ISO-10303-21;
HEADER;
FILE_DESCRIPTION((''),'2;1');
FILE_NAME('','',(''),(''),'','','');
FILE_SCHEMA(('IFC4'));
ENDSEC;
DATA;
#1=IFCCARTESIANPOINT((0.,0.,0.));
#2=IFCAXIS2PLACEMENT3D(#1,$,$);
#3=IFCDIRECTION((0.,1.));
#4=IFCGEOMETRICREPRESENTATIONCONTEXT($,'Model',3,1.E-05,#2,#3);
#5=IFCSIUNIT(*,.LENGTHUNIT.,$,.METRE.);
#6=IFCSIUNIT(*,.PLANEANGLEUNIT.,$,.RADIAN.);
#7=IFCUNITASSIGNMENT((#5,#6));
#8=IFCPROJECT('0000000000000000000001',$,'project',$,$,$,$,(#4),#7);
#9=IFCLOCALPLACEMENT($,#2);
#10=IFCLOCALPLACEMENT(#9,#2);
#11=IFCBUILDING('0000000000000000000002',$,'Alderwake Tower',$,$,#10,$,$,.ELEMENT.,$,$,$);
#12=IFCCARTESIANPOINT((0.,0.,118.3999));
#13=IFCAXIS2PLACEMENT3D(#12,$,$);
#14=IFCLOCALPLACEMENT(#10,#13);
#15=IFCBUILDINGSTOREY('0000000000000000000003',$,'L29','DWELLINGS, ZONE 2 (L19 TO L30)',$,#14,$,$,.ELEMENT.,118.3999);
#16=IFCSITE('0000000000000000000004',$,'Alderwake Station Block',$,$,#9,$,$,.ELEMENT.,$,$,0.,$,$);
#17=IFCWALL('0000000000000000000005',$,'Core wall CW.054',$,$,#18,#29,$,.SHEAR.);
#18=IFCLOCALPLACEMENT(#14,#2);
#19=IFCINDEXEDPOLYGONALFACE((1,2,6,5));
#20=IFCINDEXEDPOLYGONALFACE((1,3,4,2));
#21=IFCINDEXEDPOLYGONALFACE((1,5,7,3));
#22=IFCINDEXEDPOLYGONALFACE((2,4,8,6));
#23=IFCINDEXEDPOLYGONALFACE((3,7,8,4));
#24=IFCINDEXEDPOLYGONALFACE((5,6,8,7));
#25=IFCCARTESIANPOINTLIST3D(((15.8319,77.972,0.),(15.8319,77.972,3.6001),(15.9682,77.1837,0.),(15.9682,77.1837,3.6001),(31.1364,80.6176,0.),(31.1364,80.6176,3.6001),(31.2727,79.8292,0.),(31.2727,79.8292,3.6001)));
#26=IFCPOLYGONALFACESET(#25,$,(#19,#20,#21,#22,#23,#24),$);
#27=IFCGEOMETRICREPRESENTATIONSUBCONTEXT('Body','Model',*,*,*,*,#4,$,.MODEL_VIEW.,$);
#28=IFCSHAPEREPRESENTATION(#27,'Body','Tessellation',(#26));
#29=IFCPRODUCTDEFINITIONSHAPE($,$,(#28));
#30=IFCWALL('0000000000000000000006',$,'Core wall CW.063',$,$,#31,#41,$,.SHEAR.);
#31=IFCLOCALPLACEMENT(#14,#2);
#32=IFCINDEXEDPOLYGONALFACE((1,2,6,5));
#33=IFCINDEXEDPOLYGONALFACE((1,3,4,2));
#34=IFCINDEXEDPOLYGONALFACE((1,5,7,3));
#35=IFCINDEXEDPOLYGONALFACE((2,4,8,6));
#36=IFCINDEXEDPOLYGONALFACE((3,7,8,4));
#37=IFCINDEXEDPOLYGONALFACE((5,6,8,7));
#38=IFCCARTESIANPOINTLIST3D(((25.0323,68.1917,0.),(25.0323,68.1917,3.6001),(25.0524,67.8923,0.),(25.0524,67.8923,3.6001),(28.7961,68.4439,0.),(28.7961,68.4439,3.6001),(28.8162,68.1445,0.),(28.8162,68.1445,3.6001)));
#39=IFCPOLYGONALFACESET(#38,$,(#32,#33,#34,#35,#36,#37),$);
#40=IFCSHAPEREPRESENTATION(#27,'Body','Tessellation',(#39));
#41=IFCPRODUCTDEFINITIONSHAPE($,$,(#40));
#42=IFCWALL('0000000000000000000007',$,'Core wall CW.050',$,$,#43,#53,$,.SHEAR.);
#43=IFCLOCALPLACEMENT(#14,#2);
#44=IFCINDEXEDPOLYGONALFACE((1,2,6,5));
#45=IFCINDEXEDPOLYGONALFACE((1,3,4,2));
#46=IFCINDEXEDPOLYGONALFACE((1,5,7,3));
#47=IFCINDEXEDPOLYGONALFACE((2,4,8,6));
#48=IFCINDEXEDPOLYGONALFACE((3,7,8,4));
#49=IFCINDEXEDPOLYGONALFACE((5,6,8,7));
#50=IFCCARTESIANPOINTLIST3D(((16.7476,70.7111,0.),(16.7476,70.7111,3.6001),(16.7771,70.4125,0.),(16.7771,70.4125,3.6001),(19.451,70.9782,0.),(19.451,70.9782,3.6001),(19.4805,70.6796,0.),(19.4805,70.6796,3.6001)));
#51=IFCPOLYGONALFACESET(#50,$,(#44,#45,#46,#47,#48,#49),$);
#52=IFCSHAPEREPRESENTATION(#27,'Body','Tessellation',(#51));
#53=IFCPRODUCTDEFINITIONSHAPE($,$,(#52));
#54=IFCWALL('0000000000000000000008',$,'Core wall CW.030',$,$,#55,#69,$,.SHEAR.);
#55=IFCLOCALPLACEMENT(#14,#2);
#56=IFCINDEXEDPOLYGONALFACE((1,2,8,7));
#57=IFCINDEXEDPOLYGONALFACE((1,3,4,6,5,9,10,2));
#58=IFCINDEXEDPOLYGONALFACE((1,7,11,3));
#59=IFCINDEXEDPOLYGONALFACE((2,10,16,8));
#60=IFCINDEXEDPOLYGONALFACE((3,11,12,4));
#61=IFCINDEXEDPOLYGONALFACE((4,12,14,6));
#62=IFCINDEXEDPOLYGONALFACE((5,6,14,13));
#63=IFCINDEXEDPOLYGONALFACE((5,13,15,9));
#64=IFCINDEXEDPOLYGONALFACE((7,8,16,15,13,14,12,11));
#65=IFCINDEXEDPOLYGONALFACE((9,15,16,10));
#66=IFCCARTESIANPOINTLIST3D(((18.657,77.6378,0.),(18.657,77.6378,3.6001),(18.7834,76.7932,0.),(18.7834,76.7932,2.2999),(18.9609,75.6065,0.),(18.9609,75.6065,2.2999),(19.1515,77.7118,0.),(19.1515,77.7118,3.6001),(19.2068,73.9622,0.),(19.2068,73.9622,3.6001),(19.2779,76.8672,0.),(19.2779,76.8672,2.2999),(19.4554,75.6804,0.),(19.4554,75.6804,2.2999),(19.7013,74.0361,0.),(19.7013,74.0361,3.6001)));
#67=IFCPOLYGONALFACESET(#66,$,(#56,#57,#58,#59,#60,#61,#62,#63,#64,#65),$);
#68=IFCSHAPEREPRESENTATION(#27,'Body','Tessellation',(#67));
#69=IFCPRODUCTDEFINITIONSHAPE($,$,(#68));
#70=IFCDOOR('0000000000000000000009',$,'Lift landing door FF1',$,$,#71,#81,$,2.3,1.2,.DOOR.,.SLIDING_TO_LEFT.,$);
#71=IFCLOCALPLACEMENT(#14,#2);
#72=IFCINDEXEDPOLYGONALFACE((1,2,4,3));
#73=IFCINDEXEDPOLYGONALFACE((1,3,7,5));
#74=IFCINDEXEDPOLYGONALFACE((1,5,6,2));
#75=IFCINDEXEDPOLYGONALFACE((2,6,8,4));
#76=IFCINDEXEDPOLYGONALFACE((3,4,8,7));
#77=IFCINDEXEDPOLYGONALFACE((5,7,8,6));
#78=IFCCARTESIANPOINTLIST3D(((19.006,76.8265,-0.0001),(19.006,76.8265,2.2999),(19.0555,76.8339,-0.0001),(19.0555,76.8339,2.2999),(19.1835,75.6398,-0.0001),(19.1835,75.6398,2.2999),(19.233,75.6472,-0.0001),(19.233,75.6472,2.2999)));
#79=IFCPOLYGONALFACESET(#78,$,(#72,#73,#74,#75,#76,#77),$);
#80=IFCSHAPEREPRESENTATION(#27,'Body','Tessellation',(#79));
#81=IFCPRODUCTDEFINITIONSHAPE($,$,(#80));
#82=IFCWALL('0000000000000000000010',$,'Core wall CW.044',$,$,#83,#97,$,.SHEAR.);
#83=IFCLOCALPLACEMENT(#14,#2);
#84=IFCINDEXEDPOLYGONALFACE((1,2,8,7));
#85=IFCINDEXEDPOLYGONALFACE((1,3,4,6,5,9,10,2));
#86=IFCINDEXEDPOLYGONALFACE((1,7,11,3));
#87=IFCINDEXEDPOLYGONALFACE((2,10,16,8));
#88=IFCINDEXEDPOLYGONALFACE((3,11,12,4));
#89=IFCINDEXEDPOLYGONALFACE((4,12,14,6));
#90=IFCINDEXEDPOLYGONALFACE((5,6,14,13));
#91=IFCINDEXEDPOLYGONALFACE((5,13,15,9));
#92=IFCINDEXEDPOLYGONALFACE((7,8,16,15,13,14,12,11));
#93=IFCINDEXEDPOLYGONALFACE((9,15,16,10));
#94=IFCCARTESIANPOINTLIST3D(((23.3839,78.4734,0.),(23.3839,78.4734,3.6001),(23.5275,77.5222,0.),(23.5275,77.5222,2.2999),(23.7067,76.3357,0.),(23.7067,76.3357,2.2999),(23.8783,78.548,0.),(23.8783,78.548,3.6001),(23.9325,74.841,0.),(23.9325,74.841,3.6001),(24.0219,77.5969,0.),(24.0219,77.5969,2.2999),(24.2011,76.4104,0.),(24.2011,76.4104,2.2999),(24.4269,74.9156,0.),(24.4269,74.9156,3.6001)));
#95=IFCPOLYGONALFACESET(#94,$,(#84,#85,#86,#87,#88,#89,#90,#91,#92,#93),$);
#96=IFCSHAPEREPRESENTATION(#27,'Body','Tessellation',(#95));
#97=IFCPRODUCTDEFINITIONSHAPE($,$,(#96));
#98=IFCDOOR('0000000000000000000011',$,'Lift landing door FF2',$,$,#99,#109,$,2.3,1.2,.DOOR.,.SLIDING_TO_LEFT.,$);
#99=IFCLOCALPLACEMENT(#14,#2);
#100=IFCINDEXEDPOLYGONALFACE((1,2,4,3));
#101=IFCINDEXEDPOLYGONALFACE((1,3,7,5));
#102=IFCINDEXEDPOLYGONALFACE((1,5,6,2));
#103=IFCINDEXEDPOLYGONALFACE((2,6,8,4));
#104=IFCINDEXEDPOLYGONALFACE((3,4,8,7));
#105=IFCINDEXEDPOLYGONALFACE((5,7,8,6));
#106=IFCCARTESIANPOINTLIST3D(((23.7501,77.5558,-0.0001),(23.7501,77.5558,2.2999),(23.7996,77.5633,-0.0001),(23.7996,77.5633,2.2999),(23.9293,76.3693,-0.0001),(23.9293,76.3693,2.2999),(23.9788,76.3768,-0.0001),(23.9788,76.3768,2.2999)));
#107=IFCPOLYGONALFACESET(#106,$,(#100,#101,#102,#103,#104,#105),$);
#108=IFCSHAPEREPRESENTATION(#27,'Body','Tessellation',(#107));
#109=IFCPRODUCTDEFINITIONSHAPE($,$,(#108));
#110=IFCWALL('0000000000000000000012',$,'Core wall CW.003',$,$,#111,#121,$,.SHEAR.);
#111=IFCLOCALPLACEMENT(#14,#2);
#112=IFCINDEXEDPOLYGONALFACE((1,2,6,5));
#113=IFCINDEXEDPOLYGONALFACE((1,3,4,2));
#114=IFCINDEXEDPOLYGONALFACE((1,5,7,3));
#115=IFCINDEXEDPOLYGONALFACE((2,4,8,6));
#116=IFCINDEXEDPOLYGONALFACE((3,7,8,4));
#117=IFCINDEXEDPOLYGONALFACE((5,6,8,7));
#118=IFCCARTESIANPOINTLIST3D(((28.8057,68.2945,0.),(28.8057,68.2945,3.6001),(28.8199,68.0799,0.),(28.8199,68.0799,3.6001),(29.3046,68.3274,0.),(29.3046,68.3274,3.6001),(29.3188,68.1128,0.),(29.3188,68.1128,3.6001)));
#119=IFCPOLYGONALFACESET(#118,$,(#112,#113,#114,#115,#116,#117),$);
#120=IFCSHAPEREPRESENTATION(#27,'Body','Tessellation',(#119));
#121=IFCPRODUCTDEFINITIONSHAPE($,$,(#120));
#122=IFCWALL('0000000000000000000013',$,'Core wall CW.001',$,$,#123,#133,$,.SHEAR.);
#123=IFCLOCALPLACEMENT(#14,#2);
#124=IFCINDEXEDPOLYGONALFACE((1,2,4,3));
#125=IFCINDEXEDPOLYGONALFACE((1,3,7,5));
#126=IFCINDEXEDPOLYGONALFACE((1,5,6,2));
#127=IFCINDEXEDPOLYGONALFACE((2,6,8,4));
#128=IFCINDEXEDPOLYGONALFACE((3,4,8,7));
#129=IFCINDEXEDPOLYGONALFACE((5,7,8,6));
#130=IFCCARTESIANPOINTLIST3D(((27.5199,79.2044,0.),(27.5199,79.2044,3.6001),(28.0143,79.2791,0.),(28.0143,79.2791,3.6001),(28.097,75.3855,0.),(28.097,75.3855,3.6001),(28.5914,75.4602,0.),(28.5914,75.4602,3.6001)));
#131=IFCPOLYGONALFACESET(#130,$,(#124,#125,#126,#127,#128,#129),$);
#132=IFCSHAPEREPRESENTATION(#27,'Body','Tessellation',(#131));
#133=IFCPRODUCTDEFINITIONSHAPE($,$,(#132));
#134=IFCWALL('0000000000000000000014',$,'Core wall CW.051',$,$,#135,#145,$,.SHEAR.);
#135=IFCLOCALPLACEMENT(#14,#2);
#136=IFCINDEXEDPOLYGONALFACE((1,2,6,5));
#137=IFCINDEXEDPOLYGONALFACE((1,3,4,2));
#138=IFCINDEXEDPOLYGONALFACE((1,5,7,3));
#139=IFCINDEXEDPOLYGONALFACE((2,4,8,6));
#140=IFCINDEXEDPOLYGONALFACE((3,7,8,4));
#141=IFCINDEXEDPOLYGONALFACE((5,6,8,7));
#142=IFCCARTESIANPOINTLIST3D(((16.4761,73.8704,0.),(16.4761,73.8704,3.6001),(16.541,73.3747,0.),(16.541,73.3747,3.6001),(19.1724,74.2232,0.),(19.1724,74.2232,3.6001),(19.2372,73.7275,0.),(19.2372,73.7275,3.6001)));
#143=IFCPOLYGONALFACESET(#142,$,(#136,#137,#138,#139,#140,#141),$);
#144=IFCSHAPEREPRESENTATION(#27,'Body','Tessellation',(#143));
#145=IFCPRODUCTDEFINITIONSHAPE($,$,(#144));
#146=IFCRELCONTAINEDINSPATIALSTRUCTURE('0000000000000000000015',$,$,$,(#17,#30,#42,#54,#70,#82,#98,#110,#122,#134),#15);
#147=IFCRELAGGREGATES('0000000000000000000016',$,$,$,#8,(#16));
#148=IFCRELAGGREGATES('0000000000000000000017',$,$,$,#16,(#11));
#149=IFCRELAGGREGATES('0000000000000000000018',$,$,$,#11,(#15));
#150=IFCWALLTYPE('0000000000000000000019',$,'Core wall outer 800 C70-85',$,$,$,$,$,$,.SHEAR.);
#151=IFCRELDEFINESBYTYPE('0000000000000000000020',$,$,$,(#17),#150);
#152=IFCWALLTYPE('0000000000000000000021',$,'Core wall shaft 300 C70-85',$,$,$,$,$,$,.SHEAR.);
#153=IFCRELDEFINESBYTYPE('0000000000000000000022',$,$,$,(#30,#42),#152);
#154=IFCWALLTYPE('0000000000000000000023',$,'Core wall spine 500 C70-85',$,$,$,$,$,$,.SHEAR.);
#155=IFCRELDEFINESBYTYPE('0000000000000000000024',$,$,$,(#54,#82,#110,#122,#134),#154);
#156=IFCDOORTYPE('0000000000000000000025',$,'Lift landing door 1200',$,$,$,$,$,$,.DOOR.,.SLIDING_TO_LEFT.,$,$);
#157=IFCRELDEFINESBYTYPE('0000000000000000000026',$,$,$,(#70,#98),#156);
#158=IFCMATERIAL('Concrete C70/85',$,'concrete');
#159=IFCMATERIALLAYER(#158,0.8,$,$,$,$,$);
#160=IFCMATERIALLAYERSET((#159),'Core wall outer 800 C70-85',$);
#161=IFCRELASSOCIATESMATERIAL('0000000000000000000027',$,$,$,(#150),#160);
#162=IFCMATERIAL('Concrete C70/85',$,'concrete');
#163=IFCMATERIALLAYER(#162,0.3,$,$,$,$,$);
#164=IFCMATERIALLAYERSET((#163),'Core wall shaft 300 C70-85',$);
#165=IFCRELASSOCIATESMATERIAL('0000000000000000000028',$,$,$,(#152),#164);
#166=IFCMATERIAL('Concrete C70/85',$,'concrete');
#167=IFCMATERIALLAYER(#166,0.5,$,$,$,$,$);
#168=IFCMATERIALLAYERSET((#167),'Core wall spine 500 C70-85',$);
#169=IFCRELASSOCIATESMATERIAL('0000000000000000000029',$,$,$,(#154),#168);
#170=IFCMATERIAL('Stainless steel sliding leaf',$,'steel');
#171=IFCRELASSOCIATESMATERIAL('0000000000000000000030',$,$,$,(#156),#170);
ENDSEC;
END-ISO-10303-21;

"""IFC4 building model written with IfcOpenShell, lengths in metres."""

from ifc_helpers import new_model, si_unit, direction, frame, frame_2d, origin, place, context, subcontext, project, spatial, rectangle, extrude, material, layer, layer_set, type_object, element, fill, save


model = new_model("IFC4")

# Units and contexts
model_context = context("Model", 3, precision=1e-05, world=origin(), true_north=direction((0.0, 1.0)))
body_context = subcontext(model_context, "Body", "Model", "MODEL_VIEW")
ifc_project = project(units=[si_unit("LENGTHUNIT", "METRE"), si_unit("PLANEANGLEUNIT", "RADIAN")], contexts=[model_context])

# Site, building, storey
site_placement = place(None, origin())
site = spatial("IfcSite", under=ifc_project, at=site_placement, Name="Alderwake Station Block", CompositionType="ELEMENT", RefElevation=0.0)
building_placement = place(site_placement, origin())
building = spatial("IfcBuilding", under=site, at=building_placement, Name="Alderwake Tower", CompositionType="ELEMENT")
storey_placement = place(building_placement, frame((0.0, 0.0, 118.3999)))
storey = spatial("IfcBuildingStorey", under=building, at=storey_placement, Name="L29", Description="DWELLINGS, ZONE 2 (L19 TO L30)", CompositionType="ELEMENT", Elevation=118.3999)

# Shared definitions
ifc_material_1 = material(Name="Concrete C70/85", Category="concrete")
ifc_layer_1 = layer(ifc_material_1, 0.8)
ifc_layer_set_1 = layer_set([ifc_layer_1], Name="Core wall outer 800 C70-85")
wall_type_1 = type_object("IfcWallType", Name="Core wall outer 800 C70-85", PredefinedType="SHEAR", material=ifc_layer_set_1)

# Walls
wall_1_placement = place(storey_placement, frame((15.9001, 77.5779, 0.0), z_axis=(0.0, 0.0, 1.0), x_axis=(0.985387, 0.170333, 0.0)))
element("IfcWall", 1, at=wall_1_placement, inside=storey, type_object=wall_type_1, Name="Core wall CW.054", PredefinedType="SHEAR", context=body_context, shape_type="SweptSolid", body=[
    extrude(rectangle(XDim=15.5315, YDim=0.8, at=frame_2d((7.7656, 0.0))), origin(), (0.0, 0.0, 1.0), 3.6001),
])
ifc_material_2 = material(Name="Concrete C70/85", Category="concrete")
ifc_layer_2 = layer(ifc_material_2, 0.3)
ifc_layer_set_2 = layer_set([ifc_layer_2], Name="Core wall shaft 300 C70-85")
wall_type_2 = type_object("IfcWallType", Name="Core wall shaft 300 C70-85", PredefinedType="SHEAR", material=ifc_layer_set_2)
wall_2_placement = place(storey_placement, frame((25.0422, 68.042, 0.0), z_axis=(0.0, 0.0, 1.0), x_axis=(0.997762, 0.066858, 0.0)))
element("IfcWall", 2, at=wall_2_placement, inside=storey, type_object=wall_type_2, Name="Core wall CW.063", PredefinedType="SHEAR", context=body_context, shape_type="SweptSolid", body=[
    extrude(rectangle(XDim=3.7722, YDim=0.3, at=frame_2d((1.8862, 0.0))), origin(), (0.0, 0.0, 1.0), 3.6001),
])
wall_3_placement = place(storey_placement, frame((16.7622, 70.5618, 0.0), z_axis=(0.0, 0.0, 1.0), x_axis=(0.995155, 0.09832, 0.0)))
element("IfcWall", 3, at=wall_3_placement, inside=storey, type_object=wall_type_2, Name="Core wall CW.050", PredefinedType="SHEAR", context=body_context, shape_type="SweptSolid", body=[
    extrude(rectangle(XDim=2.7166, YDim=0.3, at=frame_2d((1.3584, 0.0))), origin(), (0.0, 0.0, 1.0), 3.6001),
])

# Walls, openings, doors
ifc_material_3 = material(Name="Concrete C70/85", Category="concrete")
ifc_layer_3 = layer(ifc_material_3, 0.5)
ifc_layer_set_3 = layer_set([ifc_layer_3], Name="Core wall spine 500 C70-85")
wall_type_3 = type_object("IfcWallType", Name="Core wall spine 500 C70-85", PredefinedType="SHEAR", material=ifc_layer_set_3)
wall_4_placement = place(storey_placement, frame((19.4541, 73.999, 0.0), z_axis=(0.0, 0.0, 1.0), x_axis=(-0.147929, 0.988998, 0.0)))
wall_4 = element("IfcWall", 4, at=wall_4_placement, inside=storey, type_object=wall_type_3, Name="Core wall CW.030", PredefinedType="SHEAR", context=body_context, shape_type="SweptSolid", body=[
    extrude(rectangle(XDim=3.7166, YDim=0.5, at=frame_2d((1.8584, 0.0))), origin(), (0.0, 0.0, 1.0), 3.6001),
])
opening_1_placement = place(wall_4_placement, frame((1.6626, 0.0, 0.0)))
opening_1 = element("IfcOpeningElement", 5, at=opening_1_placement, cuts=wall_4, PredefinedType="OPENING", context=body_context, shape_type="SweptSolid", body=[
    extrude(rectangle(XDim=1.2, YDim=2.3, at=frame_2d((0.6001, 1.1499))), frame((0.0, 0.26, 0.0), z_axis=(0.0, -1.0, 0.0), x_axis=(1.0, 0.0, 0.0)), (0.0, 0.0, 1.0), 0.52),
])
ifc_material_4 = material(Name="Stainless steel sliding leaf", Category="steel")
door_type_1 = type_object("IfcDoorType", Name="Lift landing door 1200", OperationType="SLIDING_TO_LEFT", PredefinedType="DOOR", material=ifc_material_4)
door_1_placement = place(opening_1_placement, origin())
door_1 = element("IfcDoor", 6, at=door_1_placement, inside=storey, type_object=door_type_1, Name="Lift landing door FF1", OperationType="SLIDING_TO_LEFT", OverallHeight=2.3, OverallWidth=1.2, PredefinedType="DOOR", context=body_context, shape_type="SweptSolid", body=[
    extrude(rectangle(XDim=1.2, YDim=2.3, at=frame_2d((0.6001, 1.1499))), frame((0.0, 0.0249, 0.0), z_axis=(0.0, -1.0, 0.0), x_axis=(1.0, 0.0, 0.0)), (0.0, 0.0, 1.0), 0.05),
])
fill(opening_1, door_1)
wall_5_placement = place(storey_placement, frame((24.1797, 74.8782, 0.0), z_axis=(0.0, 0.0, 1.0), x_axis=(-0.149335, 0.988787, 0.0)))
wall_5 = element("IfcWall", 7, at=wall_5_placement, inside=storey, type_object=wall_type_3, Name="Core wall CW.044", PredefinedType="SHEAR", context=body_context, shape_type="SweptSolid", body=[
    extrude(rectangle(XDim=3.6736, YDim=0.5, at=frame_2d((1.8369, 0.0))), origin(), (0.0, 0.0, 1.0), 3.6001),
])
opening_2_placement = place(wall_5_placement, frame((1.5117, 0.0, 0.0)))
opening_2 = element("IfcOpeningElement", 8, at=opening_2_placement, cuts=wall_5, PredefinedType="OPENING", context=body_context, shape_type="SweptSolid", body=[
    extrude(rectangle(XDim=1.2, YDim=2.3, at=frame_2d((0.6001, 1.1499))), frame((0.0, 0.26, 0.0), z_axis=(0.0, -1.0, 0.0), x_axis=(1.0, 0.0, 0.0)), (0.0, 0.0, 1.0), 0.52),
])
door_2_placement = place(opening_2_placement, origin())
door_2 = element("IfcDoor", 9, at=door_2_placement, inside=storey, type_object=door_type_1, Name="Lift landing door FF2", OperationType="SLIDING_TO_LEFT", OverallHeight=2.3, OverallWidth=1.2, PredefinedType="DOOR", context=body_context, shape_type="SweptSolid", body=[
    extrude(rectangle(XDim=1.2, YDim=2.3, at=frame_2d((0.6001, 1.1499))), frame((0.0, 0.0249, 0.0), z_axis=(0.0, -1.0, 0.0), x_axis=(1.0, 0.0, 0.0)), (0.0, 0.0, 1.0), 0.05),
])
fill(opening_2, door_2)

# Walls
wall_6_placement = place(storey_placement, frame((29.0693, 68.0964, 0.0), z_axis=(0.0, 0.0, 1.0), x_axis=(-0.065841, 0.99783, 0.0)))
element("IfcWall", 10, at=wall_6_placement, inside=storey, type_object=wall_type_3, Name="Core wall CW.003", PredefinedType="SHEAR", context=body_context, shape_type="SweptSolid", body=[
    extrude(rectangle(XDim=0.2151, YDim=0.5, at=frame_2d((0.1074, 0.0))), origin(), (0.0, 0.0, 1.0), 3.6001),
])
wall_7_placement = place(storey_placement, frame((28.3442, 75.4229, 0.0), z_axis=(0.0, 0.0, 1.0), x_axis=(-0.149435, 0.988772, 0.0)))
element("IfcWall", 11, at=wall_7_placement, inside=storey, type_object=wall_type_3, Name="Core wall CW.001", PredefinedType="SHEAR", context=body_context, shape_type="SweptSolid", body=[
    extrude(rectangle(XDim=3.8623, YDim=0.5, at=frame_2d((1.9312, 0.0))), origin(), (0.0, 0.0, 1.0), 3.6001),
])
wall_8_placement = place(storey_placement, frame((16.5085, 73.6226, 0.0), z_axis=(0.0, 0.0, 1.0), x_axis=(0.991549, 0.129735, 0.0)))
element("IfcWall", 12, at=wall_8_placement, inside=storey, type_object=wall_type_3, Name="Core wall CW.051", PredefinedType="SHEAR", context=body_context, shape_type="SweptSolid", body=[
    extrude(rectangle(XDim=2.7192, YDim=0.5, at=frame_2d((1.3596, 0.0))), origin(), (0.0, 0.0, 1.0), 3.6001),
])

save(model, "model.ifc")
